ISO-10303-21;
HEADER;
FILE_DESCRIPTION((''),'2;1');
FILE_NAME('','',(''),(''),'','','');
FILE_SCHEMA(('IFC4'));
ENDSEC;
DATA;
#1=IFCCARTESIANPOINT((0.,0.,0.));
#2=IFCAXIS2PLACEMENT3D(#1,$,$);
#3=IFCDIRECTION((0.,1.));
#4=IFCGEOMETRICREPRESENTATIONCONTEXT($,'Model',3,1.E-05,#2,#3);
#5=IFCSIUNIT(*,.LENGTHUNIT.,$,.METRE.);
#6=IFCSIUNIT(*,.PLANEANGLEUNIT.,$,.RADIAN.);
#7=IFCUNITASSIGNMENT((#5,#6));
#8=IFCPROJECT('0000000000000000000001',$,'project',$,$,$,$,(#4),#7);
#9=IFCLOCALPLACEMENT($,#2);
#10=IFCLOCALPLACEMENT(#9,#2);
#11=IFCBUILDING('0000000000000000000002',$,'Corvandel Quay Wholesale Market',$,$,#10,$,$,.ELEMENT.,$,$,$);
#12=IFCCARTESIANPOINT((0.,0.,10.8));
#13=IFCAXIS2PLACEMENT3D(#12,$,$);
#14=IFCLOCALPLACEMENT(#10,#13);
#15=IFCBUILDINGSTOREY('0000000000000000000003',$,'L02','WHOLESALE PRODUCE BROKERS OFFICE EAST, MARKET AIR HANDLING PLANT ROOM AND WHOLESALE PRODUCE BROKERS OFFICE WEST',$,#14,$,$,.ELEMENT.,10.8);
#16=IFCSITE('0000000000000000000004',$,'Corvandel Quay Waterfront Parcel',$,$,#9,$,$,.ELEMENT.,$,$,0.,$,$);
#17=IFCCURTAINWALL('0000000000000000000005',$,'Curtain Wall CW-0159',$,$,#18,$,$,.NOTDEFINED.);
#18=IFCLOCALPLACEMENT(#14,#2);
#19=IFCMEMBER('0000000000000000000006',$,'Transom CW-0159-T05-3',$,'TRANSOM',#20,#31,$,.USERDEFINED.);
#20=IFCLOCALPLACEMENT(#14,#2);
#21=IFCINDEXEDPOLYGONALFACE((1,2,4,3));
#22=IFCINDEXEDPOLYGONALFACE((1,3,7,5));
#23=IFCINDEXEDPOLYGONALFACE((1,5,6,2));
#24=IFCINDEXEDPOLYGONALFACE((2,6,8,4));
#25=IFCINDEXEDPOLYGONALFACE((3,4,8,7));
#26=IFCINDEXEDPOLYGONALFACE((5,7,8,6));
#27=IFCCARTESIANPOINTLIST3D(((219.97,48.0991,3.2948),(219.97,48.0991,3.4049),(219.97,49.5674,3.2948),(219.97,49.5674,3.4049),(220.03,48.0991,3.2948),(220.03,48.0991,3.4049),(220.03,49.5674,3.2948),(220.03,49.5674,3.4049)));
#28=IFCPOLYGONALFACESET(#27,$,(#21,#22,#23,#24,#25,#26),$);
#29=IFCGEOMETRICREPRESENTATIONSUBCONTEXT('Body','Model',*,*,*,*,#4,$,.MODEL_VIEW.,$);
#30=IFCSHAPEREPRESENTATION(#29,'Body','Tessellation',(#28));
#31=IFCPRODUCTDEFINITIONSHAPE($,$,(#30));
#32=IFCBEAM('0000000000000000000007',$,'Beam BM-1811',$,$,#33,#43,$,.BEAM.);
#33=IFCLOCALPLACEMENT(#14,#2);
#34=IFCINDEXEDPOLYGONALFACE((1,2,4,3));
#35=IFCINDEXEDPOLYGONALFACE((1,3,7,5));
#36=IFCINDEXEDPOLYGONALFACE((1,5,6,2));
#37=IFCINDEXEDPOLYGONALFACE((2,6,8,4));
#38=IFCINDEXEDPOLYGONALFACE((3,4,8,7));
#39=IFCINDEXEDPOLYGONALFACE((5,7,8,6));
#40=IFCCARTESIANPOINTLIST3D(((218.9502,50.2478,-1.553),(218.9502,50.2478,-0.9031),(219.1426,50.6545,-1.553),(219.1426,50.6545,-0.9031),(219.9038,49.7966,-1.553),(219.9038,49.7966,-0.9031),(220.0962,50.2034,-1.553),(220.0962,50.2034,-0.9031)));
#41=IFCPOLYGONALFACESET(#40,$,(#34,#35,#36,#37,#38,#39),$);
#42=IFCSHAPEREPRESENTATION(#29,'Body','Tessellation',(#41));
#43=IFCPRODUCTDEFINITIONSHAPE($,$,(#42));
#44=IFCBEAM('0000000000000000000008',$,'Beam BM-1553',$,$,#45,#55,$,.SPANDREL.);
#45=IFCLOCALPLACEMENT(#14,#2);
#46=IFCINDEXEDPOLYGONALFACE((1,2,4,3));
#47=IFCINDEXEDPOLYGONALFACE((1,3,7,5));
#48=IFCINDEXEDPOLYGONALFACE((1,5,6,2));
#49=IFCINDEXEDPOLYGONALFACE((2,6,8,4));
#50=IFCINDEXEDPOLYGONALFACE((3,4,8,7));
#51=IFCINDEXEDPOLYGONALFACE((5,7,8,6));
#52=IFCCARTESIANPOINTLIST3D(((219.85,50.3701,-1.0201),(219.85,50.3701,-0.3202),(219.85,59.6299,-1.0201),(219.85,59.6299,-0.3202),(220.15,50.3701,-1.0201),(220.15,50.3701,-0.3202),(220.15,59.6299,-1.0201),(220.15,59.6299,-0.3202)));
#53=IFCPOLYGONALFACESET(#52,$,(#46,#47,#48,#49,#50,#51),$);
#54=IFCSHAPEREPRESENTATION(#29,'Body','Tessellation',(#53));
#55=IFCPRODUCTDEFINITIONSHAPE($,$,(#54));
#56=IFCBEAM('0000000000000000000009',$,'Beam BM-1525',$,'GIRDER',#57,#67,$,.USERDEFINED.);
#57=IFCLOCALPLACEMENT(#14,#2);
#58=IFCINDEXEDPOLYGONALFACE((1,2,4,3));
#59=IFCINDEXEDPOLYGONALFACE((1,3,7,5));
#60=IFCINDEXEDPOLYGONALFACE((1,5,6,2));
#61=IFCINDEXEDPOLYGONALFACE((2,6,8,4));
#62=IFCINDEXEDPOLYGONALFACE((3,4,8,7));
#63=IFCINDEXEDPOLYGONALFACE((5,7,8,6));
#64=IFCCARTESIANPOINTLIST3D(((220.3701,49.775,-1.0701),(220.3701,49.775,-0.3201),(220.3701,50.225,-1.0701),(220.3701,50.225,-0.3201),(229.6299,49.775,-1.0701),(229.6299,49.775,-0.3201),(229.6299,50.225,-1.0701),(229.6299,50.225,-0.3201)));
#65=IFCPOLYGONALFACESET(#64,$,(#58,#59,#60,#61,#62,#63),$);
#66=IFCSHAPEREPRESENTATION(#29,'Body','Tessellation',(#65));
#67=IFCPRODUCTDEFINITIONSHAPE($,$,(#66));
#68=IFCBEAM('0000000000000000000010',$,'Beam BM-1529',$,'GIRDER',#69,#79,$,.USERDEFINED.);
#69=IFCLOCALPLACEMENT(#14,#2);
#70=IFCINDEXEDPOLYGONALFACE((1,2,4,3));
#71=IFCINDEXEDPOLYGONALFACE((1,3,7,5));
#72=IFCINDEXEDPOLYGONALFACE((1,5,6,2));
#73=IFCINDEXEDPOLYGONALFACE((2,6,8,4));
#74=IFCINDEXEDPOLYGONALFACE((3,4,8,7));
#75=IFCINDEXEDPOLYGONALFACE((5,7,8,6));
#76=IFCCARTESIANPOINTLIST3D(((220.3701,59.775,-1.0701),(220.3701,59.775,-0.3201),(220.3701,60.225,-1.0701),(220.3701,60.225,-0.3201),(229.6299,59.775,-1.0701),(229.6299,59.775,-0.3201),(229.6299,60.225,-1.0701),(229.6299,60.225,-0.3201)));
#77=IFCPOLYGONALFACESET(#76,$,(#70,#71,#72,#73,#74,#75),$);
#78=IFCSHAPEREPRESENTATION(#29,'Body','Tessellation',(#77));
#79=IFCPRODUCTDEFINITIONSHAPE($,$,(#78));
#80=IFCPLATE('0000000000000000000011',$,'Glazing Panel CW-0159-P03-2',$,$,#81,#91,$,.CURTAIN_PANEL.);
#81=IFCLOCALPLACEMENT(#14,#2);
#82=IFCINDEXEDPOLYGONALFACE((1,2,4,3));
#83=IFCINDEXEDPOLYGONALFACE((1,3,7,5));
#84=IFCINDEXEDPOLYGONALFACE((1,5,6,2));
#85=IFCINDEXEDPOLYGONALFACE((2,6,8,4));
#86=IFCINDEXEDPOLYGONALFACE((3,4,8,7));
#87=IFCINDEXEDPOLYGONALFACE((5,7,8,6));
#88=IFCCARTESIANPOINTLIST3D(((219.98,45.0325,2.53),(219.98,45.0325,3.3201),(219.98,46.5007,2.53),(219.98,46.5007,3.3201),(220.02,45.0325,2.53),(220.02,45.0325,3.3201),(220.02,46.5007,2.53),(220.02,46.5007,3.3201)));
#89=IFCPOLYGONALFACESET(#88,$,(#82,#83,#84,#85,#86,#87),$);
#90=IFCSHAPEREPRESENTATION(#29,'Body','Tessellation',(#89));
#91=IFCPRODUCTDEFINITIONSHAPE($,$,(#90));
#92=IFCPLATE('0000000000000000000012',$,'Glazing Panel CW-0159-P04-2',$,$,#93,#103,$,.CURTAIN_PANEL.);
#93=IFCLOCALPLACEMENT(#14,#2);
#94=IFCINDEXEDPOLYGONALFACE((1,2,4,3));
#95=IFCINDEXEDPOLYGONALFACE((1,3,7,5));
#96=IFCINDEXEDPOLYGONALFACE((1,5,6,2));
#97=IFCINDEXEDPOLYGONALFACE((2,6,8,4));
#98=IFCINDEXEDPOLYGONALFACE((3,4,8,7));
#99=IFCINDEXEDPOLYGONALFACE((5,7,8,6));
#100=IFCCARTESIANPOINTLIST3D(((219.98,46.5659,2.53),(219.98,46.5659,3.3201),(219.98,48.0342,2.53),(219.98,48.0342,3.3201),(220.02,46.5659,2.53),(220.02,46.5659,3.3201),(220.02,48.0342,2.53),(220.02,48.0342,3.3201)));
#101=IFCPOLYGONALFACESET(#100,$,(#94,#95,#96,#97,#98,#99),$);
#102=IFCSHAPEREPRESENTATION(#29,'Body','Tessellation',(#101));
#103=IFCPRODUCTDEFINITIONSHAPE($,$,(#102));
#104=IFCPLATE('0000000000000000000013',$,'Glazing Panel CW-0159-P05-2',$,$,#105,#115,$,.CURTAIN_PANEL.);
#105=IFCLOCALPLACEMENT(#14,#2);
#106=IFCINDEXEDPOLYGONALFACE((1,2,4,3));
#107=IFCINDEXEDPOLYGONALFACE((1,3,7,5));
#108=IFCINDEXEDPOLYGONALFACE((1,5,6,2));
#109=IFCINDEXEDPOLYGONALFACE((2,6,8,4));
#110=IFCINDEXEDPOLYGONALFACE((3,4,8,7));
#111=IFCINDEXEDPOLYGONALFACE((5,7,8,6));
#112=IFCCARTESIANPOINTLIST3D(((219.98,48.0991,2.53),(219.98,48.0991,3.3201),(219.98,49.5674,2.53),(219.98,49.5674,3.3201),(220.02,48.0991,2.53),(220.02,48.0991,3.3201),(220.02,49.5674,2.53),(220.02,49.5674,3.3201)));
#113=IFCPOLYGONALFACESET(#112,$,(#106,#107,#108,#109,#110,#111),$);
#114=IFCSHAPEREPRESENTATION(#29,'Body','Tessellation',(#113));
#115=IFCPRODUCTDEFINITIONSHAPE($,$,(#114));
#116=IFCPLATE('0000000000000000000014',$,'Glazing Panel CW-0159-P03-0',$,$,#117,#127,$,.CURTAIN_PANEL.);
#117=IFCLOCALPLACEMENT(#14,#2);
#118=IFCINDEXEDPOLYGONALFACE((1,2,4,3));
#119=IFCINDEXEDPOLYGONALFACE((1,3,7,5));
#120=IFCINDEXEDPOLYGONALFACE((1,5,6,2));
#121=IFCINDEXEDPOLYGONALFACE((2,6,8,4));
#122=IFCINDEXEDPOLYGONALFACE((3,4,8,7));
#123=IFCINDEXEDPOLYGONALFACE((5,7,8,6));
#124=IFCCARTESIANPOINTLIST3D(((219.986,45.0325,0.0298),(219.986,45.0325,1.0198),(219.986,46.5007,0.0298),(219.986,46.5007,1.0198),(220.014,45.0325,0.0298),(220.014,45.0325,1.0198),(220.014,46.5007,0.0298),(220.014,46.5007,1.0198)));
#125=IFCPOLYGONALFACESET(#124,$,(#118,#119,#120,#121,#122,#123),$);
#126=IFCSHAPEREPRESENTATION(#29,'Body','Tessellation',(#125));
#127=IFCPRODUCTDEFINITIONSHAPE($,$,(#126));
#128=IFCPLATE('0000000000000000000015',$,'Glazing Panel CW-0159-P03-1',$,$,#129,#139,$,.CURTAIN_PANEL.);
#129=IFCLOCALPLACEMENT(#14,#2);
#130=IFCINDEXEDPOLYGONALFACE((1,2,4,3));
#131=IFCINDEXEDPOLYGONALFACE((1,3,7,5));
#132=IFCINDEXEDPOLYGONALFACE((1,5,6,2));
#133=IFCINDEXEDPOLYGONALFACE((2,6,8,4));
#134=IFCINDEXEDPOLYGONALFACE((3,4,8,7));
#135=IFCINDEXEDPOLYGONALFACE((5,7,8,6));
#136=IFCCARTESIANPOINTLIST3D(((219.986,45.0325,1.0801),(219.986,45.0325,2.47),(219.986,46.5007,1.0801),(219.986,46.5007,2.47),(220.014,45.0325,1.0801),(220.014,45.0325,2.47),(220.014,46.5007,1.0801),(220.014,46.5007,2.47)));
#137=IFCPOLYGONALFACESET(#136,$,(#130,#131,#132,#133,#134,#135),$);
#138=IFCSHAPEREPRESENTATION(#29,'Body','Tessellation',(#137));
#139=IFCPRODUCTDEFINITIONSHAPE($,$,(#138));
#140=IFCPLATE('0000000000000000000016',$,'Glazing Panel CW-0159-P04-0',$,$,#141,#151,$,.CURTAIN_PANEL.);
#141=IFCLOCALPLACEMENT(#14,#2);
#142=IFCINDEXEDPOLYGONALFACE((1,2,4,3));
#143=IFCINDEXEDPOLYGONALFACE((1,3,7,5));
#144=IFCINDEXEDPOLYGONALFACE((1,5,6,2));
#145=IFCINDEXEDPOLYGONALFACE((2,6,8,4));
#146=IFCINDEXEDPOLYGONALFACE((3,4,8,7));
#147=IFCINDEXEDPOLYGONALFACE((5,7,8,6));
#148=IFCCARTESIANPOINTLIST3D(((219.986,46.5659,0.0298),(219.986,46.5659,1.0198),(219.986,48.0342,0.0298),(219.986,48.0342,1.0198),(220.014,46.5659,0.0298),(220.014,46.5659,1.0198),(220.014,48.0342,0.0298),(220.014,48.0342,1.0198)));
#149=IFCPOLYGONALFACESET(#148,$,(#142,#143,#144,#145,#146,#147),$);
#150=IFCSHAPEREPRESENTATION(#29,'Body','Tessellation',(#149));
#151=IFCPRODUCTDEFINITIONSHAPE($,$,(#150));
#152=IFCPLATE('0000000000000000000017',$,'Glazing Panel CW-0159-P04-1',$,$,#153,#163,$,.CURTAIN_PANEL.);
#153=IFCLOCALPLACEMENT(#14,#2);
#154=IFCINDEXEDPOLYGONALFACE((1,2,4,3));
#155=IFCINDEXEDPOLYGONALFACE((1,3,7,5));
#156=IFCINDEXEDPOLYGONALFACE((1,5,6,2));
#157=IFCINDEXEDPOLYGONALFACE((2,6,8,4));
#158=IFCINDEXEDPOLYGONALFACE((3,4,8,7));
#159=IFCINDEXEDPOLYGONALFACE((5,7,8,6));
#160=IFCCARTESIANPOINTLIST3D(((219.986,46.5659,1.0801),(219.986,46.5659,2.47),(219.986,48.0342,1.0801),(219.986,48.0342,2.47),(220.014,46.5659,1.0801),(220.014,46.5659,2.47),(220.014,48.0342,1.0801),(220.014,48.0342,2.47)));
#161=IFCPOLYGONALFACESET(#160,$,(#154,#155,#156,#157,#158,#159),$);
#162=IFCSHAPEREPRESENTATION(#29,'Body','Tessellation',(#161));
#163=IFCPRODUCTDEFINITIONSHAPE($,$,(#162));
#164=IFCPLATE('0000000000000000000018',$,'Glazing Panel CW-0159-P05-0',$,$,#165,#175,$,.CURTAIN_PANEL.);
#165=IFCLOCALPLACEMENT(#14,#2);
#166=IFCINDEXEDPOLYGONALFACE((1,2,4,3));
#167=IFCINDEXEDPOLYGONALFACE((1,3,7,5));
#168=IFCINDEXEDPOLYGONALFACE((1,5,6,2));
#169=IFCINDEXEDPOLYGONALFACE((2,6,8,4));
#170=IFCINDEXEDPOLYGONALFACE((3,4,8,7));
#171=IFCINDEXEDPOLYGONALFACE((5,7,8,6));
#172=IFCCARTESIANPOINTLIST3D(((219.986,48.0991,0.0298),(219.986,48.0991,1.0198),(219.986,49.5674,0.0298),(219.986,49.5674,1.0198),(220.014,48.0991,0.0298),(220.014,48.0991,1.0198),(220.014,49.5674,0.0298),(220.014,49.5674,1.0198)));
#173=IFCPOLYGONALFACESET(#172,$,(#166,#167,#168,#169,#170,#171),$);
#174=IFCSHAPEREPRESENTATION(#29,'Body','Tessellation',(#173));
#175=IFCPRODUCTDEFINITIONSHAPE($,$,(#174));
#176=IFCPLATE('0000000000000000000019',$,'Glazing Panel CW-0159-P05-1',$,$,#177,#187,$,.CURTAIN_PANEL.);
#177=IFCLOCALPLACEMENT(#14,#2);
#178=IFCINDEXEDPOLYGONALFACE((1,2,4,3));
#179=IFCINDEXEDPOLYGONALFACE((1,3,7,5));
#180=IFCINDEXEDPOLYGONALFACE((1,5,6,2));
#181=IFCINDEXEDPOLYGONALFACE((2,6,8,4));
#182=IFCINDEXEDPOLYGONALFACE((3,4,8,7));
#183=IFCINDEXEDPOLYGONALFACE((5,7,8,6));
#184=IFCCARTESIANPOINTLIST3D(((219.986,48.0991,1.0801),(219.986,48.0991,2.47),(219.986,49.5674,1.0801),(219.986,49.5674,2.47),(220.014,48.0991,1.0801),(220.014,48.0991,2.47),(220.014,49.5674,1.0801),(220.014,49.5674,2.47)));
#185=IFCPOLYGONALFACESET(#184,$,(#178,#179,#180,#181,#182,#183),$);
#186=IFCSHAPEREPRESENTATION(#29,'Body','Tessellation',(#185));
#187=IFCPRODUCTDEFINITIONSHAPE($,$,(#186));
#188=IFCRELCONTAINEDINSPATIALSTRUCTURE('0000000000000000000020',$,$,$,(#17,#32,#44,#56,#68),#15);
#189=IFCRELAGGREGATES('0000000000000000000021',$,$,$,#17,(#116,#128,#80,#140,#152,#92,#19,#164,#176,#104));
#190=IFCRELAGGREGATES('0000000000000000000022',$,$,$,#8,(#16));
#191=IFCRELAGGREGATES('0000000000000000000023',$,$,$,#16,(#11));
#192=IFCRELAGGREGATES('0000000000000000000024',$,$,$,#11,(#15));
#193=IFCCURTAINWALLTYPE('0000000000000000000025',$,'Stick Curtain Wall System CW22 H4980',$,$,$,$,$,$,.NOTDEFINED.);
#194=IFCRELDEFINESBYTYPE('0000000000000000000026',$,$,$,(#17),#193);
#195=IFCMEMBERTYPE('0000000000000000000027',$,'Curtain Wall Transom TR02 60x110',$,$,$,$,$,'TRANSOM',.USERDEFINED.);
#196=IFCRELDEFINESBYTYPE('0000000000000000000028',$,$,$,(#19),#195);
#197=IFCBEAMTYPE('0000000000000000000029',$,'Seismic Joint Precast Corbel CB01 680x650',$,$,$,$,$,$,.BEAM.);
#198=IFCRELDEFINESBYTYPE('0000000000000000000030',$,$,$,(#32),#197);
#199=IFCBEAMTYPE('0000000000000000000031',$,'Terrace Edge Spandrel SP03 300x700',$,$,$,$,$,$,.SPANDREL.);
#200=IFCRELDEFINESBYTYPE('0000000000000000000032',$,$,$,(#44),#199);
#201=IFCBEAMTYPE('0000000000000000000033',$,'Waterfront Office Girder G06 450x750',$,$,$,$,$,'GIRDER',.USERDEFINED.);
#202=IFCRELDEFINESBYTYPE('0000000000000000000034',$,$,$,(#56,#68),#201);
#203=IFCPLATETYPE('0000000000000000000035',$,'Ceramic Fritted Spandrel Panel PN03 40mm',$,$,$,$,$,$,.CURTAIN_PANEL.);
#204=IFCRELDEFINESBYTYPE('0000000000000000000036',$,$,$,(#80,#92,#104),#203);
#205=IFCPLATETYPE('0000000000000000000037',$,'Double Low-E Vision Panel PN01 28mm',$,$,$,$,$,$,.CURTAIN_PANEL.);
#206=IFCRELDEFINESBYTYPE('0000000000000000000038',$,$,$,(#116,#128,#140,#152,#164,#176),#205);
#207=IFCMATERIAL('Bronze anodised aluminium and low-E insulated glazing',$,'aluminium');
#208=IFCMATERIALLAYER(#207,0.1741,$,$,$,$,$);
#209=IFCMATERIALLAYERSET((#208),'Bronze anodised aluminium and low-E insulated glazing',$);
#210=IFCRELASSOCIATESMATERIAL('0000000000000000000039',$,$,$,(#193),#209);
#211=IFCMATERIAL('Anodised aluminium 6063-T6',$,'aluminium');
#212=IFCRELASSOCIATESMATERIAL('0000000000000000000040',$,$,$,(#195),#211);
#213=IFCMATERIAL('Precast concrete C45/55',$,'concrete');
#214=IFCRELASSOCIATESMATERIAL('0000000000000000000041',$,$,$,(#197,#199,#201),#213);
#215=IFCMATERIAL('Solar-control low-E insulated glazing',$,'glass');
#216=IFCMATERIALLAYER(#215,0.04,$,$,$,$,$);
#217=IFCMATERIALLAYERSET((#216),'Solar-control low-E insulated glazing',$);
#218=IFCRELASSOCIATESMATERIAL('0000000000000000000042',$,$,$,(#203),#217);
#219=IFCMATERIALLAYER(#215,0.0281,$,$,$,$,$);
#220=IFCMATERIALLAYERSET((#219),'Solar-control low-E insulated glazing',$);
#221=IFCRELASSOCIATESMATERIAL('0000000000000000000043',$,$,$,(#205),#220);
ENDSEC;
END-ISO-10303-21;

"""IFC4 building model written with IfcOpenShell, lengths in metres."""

from ifc_helpers import new_model, si_unit, direction, frame, origin, origin_2d, place, context, subcontext, project, spatial, rectangle, extrude, material, layer, layer_set, material_profile, profile_set, type_object, element, aggregate, save


model = new_model("IFC4")

# Units and contexts
model_context = context("Model", 3, precision=1e-05, world=origin(), true_north=direction((0.0, 1.0)))
body_context = subcontext(model_context, "Body", "Model", "MODEL_VIEW")
ifc_project = project(units=[si_unit("LENGTHUNIT", "METRE"), si_unit("PLANEANGLEUNIT", "RADIAN")], contexts=[model_context])

# Site, building, storey
site_placement = place(None, origin())
site = spatial("IfcSite", under=ifc_project, at=site_placement, Name="Corvandel Quay Waterfront Parcel", CompositionType="ELEMENT", RefElevation=0.0)
building_placement = place(site_placement, origin())
building = spatial("IfcBuilding", under=site, at=building_placement, Name="Corvandel Quay Wholesale Market", CompositionType="ELEMENT")
storey_placement = place(building_placement, frame((0.0, 0.0, 10.8)))
storey = spatial("IfcBuildingStorey", under=building, at=storey_placement, Name="L02", Description="WHOLESALE PRODUCE BROKERS OFFICE EAST, MARKET AIR HANDLING PLANT ROOM AND WHOLESALE PRODUCE BROKERS OFFICE WEST", CompositionType="ELEMENT", Elevation=10.8)

# Shared definitions
ifc_material_1 = material(Name="Precast concrete C45/55", Category="concrete")

# Curtain wall, member
ifc_material_2 = material(Name="Bronze anodised aluminium and low-E insulated glazing", Category="aluminium")
ifc_layer_1 = layer(ifc_material_2, 0.1741)
ifc_layer_set_1 = layer_set([ifc_layer_1], Name="Bronze anodised aluminium and low-E insulated glazing")
curtain_wall_type = type_object("IfcCurtainWallType", Name="Stick Curtain Wall System CW22 H4980", PredefinedType="NOTDEFINED", material=ifc_layer_set_1)
curtain_wall_placement = place(storey_placement, origin())
curtain_wall = element("IfcCurtainWall", 1, at=curtain_wall_placement, inside=storey, type_object=curtain_wall_type, Name="Curtain Wall CW-0159", PredefinedType="NOTDEFINED")
ifc_material_3 = material(Name="Anodised aluminium 6063-T6", Category="aluminium")
ifc_material_profile_1 = material_profile(ifc_material_3, rectangle(XDim=0.0601, YDim=0.1101, at=origin_2d()), Name="ALU-TRN-60x110")
ifc_profile_set_1 = profile_set([ifc_material_profile_1], Name="Anodised aluminium 6063-T6")
member_type_1 = type_object("IfcMemberType", Name="Curtain Wall Transom TR02 60x110", ElementType="TRANSOM", PredefinedType="USERDEFINED", material=ifc_profile_set_1)
member_1_placement = place(storey_placement, frame((220.0, 48.0991, 3.3499), z_axis=(0.0, 1.0, 0.0), x_axis=(-1.0, 0.0, 0.0)))
member_1 = element("IfcMember", 2, at=member_1_placement, type_object=member_type_1, Name="Transom CW-0159-T05-3", ObjectType="TRANSOM", PredefinedType="USERDEFINED", context=body_context, shape_type="SweptSolid", body=[
    extrude(rectangle(XDim=0.0601, YDim=0.1101, at=origin_2d()), origin(), (0.0, 0.0, 1.0), 1.4683),
])

# Beams
ifc_material_profile_2 = material_profile(ifc_material_1, rectangle(XDim=0.45, YDim=0.6499, at=origin_2d()), Name="PC-COR-680x650")
ifc_profile_set_2 = profile_set([ifc_material_profile_2], Name="Precast concrete C45/55")
beam_type_1 = type_object("IfcBeamType", Name="Seismic Joint Precast Corbel CB01 680x650", PredefinedType="BEAM", material=ifc_profile_set_2)
beam_1_placement = place(storey_placement, frame((220.0, 50.0, -1.228), z_axis=(-0.903936, 0.427668, 0.0), x_axis=(-0.427668, -0.903936, 0.0)))
element("IfcBeam", 3, at=beam_1_placement, inside=storey, type_object=beam_type_1, Name="Beam BM-1811", PredefinedType="BEAM", context=body_context, shape_type="SweptSolid", body=[
    extrude(rectangle(XDim=0.45, YDim=0.6499, at=origin_2d()), origin(), (0.0, 0.0, 1.0), 1.0549),
])
ifc_material_profile_3 = material_profile(ifc_material_1, rectangle(XDim=0.3, YDim=0.7, at=origin_2d()), Name="PC-SPN-300x700")
ifc_profile_set_3 = profile_set([ifc_material_profile_3], Name="Precast concrete C45/55")
beam_type_2 = type_object("IfcBeamType", Name="Terrace Edge Spandrel SP03 300x700", PredefinedType="SPANDREL", material=ifc_profile_set_3)
beam_2_placement = place(storey_placement, frame((220.0, 50.3701, -0.6702), z_axis=(0.0, 1.0, 0.0), x_axis=(-1.0, 0.0, 0.0)))
element("IfcBeam", 4, at=beam_2_placement, inside=storey, type_object=beam_type_2, Name="Beam BM-1553", PredefinedType="SPANDREL", context=body_context, shape_type="SweptSolid", body=[
    extrude(rectangle(XDim=0.3, YDim=0.7, at=origin_2d()), origin(), (0.0, 0.0, 1.0), 9.2598),
])
ifc_material_profile_4 = material_profile(ifc_material_1, rectangle(XDim=0.45, YDim=0.75, at=origin_2d()), Name="PC-GIR-450x750")
ifc_profile_set_4 = profile_set([ifc_material_profile_4], Name="Precast concrete C45/55")
beam_type_3 = type_object("IfcBeamType", Name="Waterfront Office Girder G06 450x750", ElementType="GIRDER", PredefinedType="USERDEFINED", material=ifc_profile_set_4)
for number, where, z_axis, x_axis, name in (
    (5, (220.3701, 50.0, -0.6951), (1.0, 0.0, 0.0), (0.0, 1.0, 0.0), "Beam BM-1525"),
    (6, (220.3701, 60.0, -0.6951), (1.0, 0.0, 0.0), (0.0, 1.0, 0.0), "Beam BM-1529"),
):
    element("IfcBeam", number, at=place(storey_placement, frame(where, z_axis=z_axis, x_axis=x_axis)), inside=storey, type_object=beam_type_3, Name=name, ObjectType="GIRDER", PredefinedType="USERDEFINED", context=body_context, shape_type="SweptSolid", body=[
        extrude(rectangle(XDim=0.45, YDim=0.75, at=origin_2d()), origin(), (0.0, 0.0, 1.0), 9.2598),
    ])

# Plates
ifc_material_4 = material(Name="Solar-control low-E insulated glazing", Category="glass")
ifc_layer_2 = layer(ifc_material_4, 0.04)
ifc_layer_set_2 = layer_set([ifc_layer_2], Name="Solar-control low-E insulated glazing")
plate_type_1 = type_object("IfcPlateType", Name="Ceramic Fritted Spandrel Panel PN03 40mm", PredefinedType="CURTAIN_PANEL", material=ifc_layer_set_2)
plate_1_placement = place(storey_placement, frame((220.0, 45.7666, 2.53), z_axis=(0.0, 0.0, 1.0), x_axis=(0.0, 1.0, 0.0)))
plate_1 = element("IfcPlate", 7, at=plate_1_placement, type_object=plate_type_1, Name="Glazing Panel CW-0159-P03-2", PredefinedType="CURTAIN_PANEL", context=body_context, shape_type="SweptSolid", body=[
    extrude(rectangle(XDim=1.4683, YDim=0.04, at=origin_2d()), origin(), (0.0, 0.0, 1.0), 0.79),
])
plate_2_placement = place(storey_placement, frame((220.0, 47.3, 2.53), z_axis=(0.0, 0.0, 1.0), x_axis=(0.0, 1.0, 0.0)))
plate_2 = element("IfcPlate", 8, at=plate_2_placement, type_object=plate_type_1, Name="Glazing Panel CW-0159-P04-2", PredefinedType="CURTAIN_PANEL", context=body_context, shape_type="SweptSolid", body=[
    extrude(rectangle(XDim=1.4683, YDim=0.04, at=origin_2d()), origin(), (0.0, 0.0, 1.0), 0.79),
])
plate_3_placement = place(storey_placement, frame((220.0, 48.8333, 2.53), z_axis=(0.0, 0.0, 1.0), x_axis=(0.0, 1.0, 0.0)))
plate_3 = element("IfcPlate", 9, at=plate_3_placement, type_object=plate_type_1, Name="Glazing Panel CW-0159-P05-2", PredefinedType="CURTAIN_PANEL", context=body_context, shape_type="SweptSolid", body=[
    extrude(rectangle(XDim=1.4683, YDim=0.04, at=origin_2d()), origin(), (0.0, 0.0, 1.0), 0.79),
])
ifc_layer_3 = layer(ifc_material_4, 0.0281)
ifc_layer_set_3 = layer_set([ifc_layer_3], Name="Solar-control low-E insulated glazing")
plate_type_2 = type_object("IfcPlateType", Name="Double Low-E Vision Panel PN01 28mm", PredefinedType="CURTAIN_PANEL", material=ifc_layer_set_3)
plate_4_placement = place(storey_placement, frame((220.0, 45.7666, 0.0298), z_axis=(0.0, 0.0, 1.0), x_axis=(0.0, 1.0, 0.0)))
plate_4 = element("IfcPlate", 10, at=plate_4_placement, type_object=plate_type_2, Name="Glazing Panel CW-0159-P03-0", PredefinedType="CURTAIN_PANEL", context=body_context, shape_type="SweptSolid", body=[
    extrude(rectangle(XDim=1.4683, YDim=0.0281, at=origin_2d()), origin(), (0.0, 0.0, 1.0), 0.99),
])
plate_5_placement = place(storey_placement, frame((220.0, 45.7666, 1.0801), z_axis=(0.0, 0.0, 1.0), x_axis=(0.0, 1.0, 0.0)))
plate_5 = element("IfcPlate", 11, at=plate_5_placement, type_object=plate_type_2, Name="Glazing Panel CW-0159-P03-1", PredefinedType="CURTAIN_PANEL", context=body_context, shape_type="SweptSolid", body=[
    extrude(rectangle(XDim=1.4683, YDim=0.0281, at=origin_2d()), origin(), (0.0, 0.0, 1.0), 1.3899),
])
plate_6_placement = place(storey_placement, frame((220.0, 47.3, 0.0298), z_axis=(0.0, 0.0, 1.0), x_axis=(0.0, 1.0, 0.0)))
plate_6 = element("IfcPlate", 12, at=plate_6_placement, type_object=plate_type_2, Name="Glazing Panel CW-0159-P04-0", PredefinedType="CURTAIN_PANEL", context=body_context, shape_type="SweptSolid", body=[
    extrude(rectangle(XDim=1.4683, YDim=0.0281, at=origin_2d()), origin(), (0.0, 0.0, 1.0), 0.99),
])
plate_7_placement = place(storey_placement, frame((220.0, 47.3, 1.0801), z_axis=(0.0, 0.0, 1.0), x_axis=(0.0, 1.0, 0.0)))
plate_7 = element("IfcPlate", 13, at=plate_7_placement, type_object=plate_type_2, Name="Glazing Panel CW-0159-P04-1", PredefinedType="CURTAIN_PANEL", context=body_context, shape_type="SweptSolid", body=[
    extrude(rectangle(XDim=1.4683, YDim=0.0281, at=origin_2d()), origin(), (0.0, 0.0, 1.0), 1.3899),
])
plate_8_placement = place(storey_placement, frame((220.0, 48.8333, 0.0298), z_axis=(0.0, 0.0, 1.0), x_axis=(0.0, 1.0, 0.0)))
plate_8 = element("IfcPlate", 14, at=plate_8_placement, type_object=plate_type_2, Name="Glazing Panel CW-0159-P05-0", PredefinedType="CURTAIN_PANEL", context=body_context, shape_type="SweptSolid", body=[
    extrude(rectangle(XDim=1.4683, YDim=0.0281, at=origin_2d()), origin(), (0.0, 0.0, 1.0), 0.99),
])
plate_9_placement = place(storey_placement, frame((220.0, 48.8333, 1.0801), z_axis=(0.0, 0.0, 1.0), x_axis=(0.0, 1.0, 0.0)))
plate_9 = element("IfcPlate", 15, at=plate_9_placement, type_object=plate_type_2, Name="Glazing Panel CW-0159-P05-1", PredefinedType="CURTAIN_PANEL", context=body_context, shape_type="SweptSolid", body=[
    extrude(rectangle(XDim=1.4683, YDim=0.0281, at=origin_2d()), origin(), (0.0, 0.0, 1.0), 1.3899),
])
aggregate(curtain_wall, [plate_4, plate_5, plate_1, plate_6, plate_7, plate_2, member_1, plate_8, plate_9, plate_3])

save(model, "model.ifc")
